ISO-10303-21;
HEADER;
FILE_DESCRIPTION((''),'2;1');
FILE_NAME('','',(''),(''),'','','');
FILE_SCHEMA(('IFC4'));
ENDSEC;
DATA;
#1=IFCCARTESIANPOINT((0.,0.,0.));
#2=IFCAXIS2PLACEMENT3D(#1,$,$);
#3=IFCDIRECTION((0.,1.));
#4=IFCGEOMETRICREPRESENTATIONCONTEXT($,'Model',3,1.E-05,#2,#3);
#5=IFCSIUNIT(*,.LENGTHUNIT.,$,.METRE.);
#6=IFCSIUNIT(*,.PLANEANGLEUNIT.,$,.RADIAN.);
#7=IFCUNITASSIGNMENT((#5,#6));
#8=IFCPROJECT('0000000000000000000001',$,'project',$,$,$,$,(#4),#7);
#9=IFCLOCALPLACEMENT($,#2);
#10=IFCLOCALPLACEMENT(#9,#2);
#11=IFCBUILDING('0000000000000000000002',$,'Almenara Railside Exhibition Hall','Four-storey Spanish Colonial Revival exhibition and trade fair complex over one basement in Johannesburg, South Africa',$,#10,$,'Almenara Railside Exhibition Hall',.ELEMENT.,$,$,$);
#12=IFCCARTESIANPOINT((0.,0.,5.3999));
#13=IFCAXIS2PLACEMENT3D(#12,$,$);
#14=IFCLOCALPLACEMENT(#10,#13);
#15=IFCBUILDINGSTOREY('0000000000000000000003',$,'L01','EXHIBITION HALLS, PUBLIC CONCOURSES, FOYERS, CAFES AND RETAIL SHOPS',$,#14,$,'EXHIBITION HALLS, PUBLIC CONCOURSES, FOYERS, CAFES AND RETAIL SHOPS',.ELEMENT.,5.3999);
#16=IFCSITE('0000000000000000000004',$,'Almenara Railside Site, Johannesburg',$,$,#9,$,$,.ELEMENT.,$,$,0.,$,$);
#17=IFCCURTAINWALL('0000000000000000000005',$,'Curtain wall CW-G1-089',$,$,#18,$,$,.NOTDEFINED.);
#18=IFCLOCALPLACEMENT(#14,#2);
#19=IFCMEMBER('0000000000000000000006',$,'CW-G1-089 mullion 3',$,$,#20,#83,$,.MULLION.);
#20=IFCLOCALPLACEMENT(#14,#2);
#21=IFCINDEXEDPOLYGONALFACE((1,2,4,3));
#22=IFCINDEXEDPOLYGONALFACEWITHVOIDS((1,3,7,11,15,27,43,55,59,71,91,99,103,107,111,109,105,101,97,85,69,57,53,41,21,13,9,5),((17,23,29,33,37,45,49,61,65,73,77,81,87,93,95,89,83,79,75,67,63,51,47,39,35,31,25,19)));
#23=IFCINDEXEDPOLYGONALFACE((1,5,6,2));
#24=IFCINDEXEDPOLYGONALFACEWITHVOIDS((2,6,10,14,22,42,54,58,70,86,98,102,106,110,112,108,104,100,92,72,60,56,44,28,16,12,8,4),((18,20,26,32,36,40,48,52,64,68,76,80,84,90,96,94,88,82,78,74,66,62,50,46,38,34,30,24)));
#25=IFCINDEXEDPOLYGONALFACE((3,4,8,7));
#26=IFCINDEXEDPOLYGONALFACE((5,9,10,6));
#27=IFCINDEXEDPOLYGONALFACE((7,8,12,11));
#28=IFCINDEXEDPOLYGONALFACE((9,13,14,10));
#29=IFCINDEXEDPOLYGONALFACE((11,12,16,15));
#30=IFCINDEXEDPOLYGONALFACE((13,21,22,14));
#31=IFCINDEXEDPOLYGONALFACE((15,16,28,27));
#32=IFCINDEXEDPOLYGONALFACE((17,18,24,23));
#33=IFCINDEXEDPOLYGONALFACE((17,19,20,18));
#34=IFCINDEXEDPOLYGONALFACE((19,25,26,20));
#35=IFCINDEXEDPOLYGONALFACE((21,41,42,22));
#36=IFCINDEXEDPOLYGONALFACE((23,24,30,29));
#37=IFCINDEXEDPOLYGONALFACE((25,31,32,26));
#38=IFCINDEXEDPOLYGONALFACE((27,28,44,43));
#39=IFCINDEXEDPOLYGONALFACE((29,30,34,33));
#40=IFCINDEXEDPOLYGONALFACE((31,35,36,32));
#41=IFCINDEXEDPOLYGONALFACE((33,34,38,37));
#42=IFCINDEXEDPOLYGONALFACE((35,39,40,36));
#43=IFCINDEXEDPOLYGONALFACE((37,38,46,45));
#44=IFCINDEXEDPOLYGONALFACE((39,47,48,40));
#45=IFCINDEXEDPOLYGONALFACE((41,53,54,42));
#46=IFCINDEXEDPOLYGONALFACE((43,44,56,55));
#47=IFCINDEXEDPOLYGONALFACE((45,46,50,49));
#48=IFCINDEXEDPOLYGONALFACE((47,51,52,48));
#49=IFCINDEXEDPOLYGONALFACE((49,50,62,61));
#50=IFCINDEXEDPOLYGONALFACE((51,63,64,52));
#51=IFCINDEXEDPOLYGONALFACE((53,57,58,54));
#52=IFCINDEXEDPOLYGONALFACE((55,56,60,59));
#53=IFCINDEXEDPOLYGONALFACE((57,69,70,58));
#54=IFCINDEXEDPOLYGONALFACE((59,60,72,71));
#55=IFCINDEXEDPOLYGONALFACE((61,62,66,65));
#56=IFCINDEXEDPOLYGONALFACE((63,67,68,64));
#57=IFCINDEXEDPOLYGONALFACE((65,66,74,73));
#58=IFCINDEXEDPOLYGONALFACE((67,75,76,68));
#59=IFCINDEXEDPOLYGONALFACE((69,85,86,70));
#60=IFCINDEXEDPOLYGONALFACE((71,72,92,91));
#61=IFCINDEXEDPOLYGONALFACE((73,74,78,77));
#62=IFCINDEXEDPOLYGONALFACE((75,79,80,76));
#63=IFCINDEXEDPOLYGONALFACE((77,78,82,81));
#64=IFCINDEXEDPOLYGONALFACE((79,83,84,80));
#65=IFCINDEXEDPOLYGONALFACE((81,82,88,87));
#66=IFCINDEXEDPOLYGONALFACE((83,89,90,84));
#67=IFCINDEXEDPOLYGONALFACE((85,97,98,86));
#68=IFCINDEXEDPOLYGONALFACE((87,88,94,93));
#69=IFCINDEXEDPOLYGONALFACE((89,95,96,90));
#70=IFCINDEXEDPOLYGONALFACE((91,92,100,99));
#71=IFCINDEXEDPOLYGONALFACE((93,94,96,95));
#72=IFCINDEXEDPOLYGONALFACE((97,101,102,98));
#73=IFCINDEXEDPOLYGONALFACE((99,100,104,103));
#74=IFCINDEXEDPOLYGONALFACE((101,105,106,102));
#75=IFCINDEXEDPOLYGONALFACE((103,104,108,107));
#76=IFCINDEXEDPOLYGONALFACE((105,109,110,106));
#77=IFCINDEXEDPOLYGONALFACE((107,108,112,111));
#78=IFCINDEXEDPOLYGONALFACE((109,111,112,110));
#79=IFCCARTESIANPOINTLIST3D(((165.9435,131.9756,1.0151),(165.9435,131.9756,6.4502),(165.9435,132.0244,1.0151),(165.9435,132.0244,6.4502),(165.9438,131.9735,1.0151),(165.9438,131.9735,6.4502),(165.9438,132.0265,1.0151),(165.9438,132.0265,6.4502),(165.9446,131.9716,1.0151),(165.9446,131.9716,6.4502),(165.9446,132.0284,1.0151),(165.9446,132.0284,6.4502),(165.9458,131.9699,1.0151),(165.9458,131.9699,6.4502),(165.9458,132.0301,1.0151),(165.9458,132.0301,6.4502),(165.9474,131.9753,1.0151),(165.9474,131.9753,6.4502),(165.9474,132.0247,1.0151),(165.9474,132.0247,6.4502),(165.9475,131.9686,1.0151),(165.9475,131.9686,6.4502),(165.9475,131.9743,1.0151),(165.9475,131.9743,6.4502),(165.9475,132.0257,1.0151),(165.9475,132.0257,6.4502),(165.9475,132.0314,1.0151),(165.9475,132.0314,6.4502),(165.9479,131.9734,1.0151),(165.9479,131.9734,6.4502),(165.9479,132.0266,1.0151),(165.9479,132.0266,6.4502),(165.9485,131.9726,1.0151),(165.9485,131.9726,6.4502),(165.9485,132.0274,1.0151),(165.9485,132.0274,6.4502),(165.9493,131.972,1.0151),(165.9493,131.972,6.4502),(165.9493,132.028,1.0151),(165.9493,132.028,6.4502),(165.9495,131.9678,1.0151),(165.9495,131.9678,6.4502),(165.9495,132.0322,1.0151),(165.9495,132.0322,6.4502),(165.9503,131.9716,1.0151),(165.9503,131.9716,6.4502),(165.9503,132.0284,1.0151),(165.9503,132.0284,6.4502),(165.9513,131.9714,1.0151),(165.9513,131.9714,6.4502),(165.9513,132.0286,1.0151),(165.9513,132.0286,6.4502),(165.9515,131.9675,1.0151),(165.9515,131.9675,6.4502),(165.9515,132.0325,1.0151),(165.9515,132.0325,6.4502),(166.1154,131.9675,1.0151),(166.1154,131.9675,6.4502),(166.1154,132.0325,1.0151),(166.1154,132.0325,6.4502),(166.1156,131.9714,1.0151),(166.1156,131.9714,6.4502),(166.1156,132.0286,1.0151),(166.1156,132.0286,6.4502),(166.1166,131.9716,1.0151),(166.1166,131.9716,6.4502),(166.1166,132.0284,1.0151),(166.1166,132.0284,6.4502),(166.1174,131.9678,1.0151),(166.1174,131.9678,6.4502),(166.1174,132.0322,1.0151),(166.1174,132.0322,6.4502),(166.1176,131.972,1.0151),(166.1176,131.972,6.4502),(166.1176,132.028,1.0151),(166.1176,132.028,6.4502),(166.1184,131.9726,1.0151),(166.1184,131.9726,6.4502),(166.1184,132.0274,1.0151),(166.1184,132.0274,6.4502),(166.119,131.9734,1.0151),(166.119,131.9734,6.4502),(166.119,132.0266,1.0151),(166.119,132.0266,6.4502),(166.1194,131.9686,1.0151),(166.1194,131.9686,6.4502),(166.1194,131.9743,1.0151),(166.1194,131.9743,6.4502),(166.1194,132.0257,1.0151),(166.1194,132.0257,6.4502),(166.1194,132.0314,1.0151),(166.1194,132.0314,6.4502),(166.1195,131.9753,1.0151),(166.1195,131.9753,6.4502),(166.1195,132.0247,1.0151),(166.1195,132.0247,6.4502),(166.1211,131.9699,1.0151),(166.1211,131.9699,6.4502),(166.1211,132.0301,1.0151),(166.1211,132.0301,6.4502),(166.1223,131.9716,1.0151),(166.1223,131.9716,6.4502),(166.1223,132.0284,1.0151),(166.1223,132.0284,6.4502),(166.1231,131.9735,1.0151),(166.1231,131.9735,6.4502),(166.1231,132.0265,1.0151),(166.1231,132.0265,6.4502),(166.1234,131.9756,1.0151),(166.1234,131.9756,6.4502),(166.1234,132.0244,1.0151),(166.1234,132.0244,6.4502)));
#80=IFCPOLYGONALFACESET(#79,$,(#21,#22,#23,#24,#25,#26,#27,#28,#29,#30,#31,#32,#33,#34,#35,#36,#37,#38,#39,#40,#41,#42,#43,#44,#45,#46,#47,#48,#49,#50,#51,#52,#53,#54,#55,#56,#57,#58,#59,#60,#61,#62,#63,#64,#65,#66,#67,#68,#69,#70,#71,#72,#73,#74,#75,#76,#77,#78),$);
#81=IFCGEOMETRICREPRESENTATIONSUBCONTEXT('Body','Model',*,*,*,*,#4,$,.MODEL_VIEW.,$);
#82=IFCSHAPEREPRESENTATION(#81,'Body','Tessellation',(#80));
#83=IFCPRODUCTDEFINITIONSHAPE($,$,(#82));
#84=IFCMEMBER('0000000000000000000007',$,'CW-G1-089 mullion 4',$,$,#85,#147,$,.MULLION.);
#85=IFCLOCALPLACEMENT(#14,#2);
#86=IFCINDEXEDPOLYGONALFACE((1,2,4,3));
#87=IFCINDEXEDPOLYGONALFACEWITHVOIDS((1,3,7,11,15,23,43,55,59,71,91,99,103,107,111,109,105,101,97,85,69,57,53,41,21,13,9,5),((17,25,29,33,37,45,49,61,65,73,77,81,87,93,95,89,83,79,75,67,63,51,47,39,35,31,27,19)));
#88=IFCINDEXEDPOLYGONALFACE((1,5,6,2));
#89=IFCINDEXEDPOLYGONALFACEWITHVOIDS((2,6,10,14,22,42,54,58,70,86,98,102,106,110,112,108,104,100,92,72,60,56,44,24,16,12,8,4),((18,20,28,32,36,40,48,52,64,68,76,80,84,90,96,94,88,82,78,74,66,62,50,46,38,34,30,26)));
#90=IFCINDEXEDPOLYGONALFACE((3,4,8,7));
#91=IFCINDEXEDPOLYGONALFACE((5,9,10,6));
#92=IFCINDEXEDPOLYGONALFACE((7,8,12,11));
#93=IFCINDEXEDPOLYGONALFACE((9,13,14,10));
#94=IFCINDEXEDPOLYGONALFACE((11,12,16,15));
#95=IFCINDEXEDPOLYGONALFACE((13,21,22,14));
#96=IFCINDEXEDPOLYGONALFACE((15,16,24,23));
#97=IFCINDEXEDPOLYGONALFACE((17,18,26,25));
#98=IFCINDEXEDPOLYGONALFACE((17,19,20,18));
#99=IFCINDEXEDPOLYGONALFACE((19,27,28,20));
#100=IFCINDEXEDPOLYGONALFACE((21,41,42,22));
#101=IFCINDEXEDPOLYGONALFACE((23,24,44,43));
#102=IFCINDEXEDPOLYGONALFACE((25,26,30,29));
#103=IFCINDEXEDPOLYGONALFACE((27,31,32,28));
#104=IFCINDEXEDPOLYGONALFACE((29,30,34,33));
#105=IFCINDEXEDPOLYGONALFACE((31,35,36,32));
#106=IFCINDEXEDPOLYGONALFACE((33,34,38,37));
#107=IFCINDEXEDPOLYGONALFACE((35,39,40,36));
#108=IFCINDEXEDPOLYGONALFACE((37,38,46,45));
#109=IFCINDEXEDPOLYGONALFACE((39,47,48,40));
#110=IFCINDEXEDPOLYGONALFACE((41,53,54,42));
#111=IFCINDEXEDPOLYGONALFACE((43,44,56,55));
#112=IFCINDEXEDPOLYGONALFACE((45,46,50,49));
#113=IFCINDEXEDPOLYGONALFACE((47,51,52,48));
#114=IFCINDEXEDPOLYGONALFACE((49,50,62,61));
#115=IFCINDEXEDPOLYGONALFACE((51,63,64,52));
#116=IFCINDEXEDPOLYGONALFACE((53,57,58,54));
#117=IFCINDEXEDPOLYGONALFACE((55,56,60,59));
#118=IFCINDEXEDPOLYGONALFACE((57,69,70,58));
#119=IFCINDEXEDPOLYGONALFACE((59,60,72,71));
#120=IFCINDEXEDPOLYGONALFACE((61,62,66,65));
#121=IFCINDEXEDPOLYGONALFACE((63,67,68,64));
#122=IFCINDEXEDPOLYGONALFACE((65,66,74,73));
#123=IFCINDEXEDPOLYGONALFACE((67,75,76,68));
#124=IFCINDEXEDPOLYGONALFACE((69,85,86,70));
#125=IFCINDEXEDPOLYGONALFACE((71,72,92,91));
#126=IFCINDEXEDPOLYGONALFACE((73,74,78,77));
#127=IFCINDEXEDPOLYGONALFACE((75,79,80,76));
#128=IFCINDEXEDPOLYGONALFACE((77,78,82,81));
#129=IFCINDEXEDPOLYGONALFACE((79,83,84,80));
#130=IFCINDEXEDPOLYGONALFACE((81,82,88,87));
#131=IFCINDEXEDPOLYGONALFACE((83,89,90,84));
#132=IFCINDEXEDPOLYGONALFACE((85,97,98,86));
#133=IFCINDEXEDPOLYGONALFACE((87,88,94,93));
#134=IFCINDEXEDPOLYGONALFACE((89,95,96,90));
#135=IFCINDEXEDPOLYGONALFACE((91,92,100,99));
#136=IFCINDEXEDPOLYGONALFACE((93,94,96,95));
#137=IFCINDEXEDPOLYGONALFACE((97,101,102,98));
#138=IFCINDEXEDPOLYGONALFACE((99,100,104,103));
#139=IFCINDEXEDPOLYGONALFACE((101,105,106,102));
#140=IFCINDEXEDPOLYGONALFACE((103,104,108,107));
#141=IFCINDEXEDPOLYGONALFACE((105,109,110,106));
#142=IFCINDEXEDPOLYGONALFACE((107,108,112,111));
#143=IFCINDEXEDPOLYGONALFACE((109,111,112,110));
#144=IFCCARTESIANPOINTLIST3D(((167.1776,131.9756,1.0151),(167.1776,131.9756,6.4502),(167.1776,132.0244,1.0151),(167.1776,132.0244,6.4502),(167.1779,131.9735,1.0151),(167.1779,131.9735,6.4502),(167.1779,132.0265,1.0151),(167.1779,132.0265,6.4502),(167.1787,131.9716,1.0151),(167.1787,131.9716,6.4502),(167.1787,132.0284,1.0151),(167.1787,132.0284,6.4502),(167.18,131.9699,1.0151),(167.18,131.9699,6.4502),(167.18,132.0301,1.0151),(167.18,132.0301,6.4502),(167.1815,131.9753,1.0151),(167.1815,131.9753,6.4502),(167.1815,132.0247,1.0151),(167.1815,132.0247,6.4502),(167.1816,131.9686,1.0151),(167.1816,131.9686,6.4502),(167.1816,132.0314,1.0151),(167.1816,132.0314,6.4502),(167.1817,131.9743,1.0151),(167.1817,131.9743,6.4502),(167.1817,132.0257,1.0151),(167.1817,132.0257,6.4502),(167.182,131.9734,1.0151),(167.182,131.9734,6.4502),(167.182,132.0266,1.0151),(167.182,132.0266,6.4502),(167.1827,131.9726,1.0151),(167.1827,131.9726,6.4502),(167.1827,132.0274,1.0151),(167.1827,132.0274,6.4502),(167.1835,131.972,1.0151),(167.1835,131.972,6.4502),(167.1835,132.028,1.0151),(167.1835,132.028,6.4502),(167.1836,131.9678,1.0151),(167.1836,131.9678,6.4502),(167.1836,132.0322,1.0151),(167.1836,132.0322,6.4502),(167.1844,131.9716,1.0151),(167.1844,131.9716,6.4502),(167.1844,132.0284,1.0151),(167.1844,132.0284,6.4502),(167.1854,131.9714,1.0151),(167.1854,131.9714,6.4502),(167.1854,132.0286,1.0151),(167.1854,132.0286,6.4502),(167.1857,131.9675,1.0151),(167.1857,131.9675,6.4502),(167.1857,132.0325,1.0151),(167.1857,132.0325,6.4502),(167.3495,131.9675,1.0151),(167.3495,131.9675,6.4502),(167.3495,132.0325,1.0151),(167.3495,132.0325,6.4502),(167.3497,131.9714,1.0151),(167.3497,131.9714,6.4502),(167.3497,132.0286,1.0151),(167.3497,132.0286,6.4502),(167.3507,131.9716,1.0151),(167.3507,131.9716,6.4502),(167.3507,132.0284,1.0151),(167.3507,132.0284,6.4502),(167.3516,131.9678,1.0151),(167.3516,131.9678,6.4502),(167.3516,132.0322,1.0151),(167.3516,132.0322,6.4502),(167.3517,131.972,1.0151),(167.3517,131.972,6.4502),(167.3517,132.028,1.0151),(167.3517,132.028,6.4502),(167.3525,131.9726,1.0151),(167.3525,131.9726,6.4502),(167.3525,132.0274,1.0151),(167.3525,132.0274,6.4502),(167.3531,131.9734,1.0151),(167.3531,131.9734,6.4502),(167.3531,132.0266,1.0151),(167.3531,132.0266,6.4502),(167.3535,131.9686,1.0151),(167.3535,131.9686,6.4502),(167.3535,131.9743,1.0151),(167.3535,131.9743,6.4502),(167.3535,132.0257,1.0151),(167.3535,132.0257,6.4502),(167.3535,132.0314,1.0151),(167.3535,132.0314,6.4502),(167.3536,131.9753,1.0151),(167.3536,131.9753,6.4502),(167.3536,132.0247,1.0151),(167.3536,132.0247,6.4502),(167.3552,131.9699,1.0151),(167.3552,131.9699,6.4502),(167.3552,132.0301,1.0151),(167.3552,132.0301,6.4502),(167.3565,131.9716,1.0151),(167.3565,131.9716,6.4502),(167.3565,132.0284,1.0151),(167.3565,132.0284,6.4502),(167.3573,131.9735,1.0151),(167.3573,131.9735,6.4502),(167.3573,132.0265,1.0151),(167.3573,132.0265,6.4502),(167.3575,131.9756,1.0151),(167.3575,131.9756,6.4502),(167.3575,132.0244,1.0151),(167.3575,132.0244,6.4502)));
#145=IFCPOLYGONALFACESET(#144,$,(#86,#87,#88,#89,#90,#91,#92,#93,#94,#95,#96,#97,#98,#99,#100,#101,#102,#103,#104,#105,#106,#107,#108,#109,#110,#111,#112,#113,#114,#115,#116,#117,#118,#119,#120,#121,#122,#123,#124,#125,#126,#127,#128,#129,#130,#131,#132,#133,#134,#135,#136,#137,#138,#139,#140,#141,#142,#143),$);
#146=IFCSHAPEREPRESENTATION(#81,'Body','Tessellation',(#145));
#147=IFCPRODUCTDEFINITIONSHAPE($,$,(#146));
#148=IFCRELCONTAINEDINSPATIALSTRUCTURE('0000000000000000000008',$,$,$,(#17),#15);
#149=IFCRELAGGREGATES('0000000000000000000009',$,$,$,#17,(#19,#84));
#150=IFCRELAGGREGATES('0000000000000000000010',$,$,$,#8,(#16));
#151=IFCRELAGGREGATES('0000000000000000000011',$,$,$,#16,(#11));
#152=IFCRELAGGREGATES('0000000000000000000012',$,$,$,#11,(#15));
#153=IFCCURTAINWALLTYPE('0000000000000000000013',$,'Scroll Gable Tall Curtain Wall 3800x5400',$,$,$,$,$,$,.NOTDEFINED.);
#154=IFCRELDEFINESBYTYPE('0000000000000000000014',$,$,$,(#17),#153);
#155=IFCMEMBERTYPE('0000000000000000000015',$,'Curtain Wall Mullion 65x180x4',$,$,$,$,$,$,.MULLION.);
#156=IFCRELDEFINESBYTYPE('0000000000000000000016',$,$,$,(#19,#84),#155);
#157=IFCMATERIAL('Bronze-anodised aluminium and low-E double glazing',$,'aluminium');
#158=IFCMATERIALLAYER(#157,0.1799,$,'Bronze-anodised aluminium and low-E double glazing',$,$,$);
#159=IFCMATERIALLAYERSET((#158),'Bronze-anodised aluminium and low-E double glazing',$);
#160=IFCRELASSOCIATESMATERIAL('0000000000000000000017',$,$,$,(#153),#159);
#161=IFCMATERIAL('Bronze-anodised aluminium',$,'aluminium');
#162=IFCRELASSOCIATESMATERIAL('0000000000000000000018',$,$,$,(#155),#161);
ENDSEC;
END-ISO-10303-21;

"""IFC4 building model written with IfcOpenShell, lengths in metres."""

from ifc_helpers import new_model, si_unit, direction, frame, origin, origin_2d, place, context, subcontext, project, spatial, hollow_rectangle, extrude, material, layer, layer_set, material_profile, profile_set, type_object, element, aggregate, save


model = new_model("IFC4")

# Units and contexts
model_context = context("Model", 3, precision=1e-05, world=origin(), true_north=direction((0.0, 1.0)))
body_context = subcontext(model_context, "Body", "Model", "MODEL_VIEW")
ifc_project = project(units=[si_unit("LENGTHUNIT", "METRE"), si_unit("PLANEANGLEUNIT", "RADIAN")], contexts=[model_context])

# Site, building, storey
site_placement = place(None, origin())
site = spatial("IfcSite", under=ifc_project, at=site_placement, Name="Almenara Railside Site, Johannesburg", CompositionType="ELEMENT", RefElevation=0.0)
building_placement = place(site_placement, origin())
building = spatial("IfcBuilding", under=site, at=building_placement, Name="Almenara Railside Exhibition Hall", Description="Four-storey Spanish Colonial Revival exhibition and trade fair complex over one basement in Johannesburg, South Africa", LongName="Almenara Railside Exhibition Hall", CompositionType="ELEMENT")
storey_placement = place(building_placement, frame((0.0, 0.0, 5.3999)))
storey = spatial("IfcBuildingStorey", under=building, at=storey_placement, Name="L01", Description="EXHIBITION HALLS, PUBLIC CONCOURSES, FOYERS, CAFES AND RETAIL SHOPS", LongName="EXHIBITION HALLS, PUBLIC CONCOURSES, FOYERS, CAFES AND RETAIL SHOPS", CompositionType="ELEMENT", Elevation=5.3999)

# Shared definitions
ifc_material_1 = material(Name="Bronze-anodised aluminium and low-E double glazing", Category="aluminium")
ifc_layer_1 = layer(ifc_material_1, 0.1799, Name="Bronze-anodised aluminium and low-E double glazing")
ifc_layer_set_1 = layer_set([ifc_layer_1], Name="Bronze-anodised aluminium and low-E double glazing")
curtain_wall_type = type_object("IfcCurtainWallType", Name="Scroll Gable Tall Curtain Wall 3800x5400", PredefinedType="NOTDEFINED", material=ifc_layer_set_1)
ifc_material_2 = material(Name="Bronze-anodised aluminium", Category="aluminium")

# Curtain wall, members
curtain_wall_1_placement = place(storey_placement, origin())
curtain_wall_1 = element("IfcCurtainWall", 1, at=curtain_wall_1_placement, inside=storey, type_object=curtain_wall_type, Name="Curtain wall CW-G1-089", PredefinedType="NOTDEFINED")
ifc_material_profile_1 = material_profile(ifc_material_2, hollow_rectangle(XDim=0.0649, YDim=0.1799, WallThickness=0.0039, InnerFilletRadius=0.0039, OuterFilletRadius=0.0081, at=origin_2d()), Name="ALU-MUL 65x180x4")
ifc_profile_set_1 = profile_set([ifc_material_profile_1], Name="Bronze-anodised aluminium")
member_type_1 = type_object("IfcMemberType", Name="Curtain Wall Mullion 65x180x4", PredefinedType="MULLION", material=ifc_profile_set_1)
member_1_placement = place(storey_placement, frame((166.0334, 132.0, 1.0151), z_axis=(0.0, 0.0, 1.0), x_axis=(0.0, 1.0, 0.0)))
member_1 = element("IfcMember", 2, at=member_1_placement, type_object=member_type_1, Name="CW-G1-089 mullion 3", PredefinedType="MULLION", context=body_context, shape_type="SweptSolid", body=[
    extrude(hollow_rectangle(XDim=0.0649, YDim=0.1799, WallThickness=0.0039, InnerFilletRadius=0.0039, OuterFilletRadius=0.0081, at=origin_2d()), origin(), (0.0, 0.0, 1.0), 5.4351),
])
member_2_placement = place(storey_placement, frame((167.2676, 132.0, 1.0151), z_axis=(0.0, 0.0, 1.0), x_axis=(0.0, 1.0, 0.0)))
member_2 = element("IfcMember", 3, at=member_2_placement, type_object=member_type_1, Name="CW-G1-089 mullion 4", PredefinedType="MULLION", context=body_context, shape_type="SweptSolid", body=[
    extrude(hollow_rectangle(XDim=0.0649, YDim=0.1799, WallThickness=0.0039, InnerFilletRadius=0.0039, OuterFilletRadius=0.0081, at=origin_2d()), origin(), (0.0, 0.0, 1.0), 5.4351),
])

aggregate(curtain_wall_1, [member_1, member_2])

save(model, "model.ifc")
